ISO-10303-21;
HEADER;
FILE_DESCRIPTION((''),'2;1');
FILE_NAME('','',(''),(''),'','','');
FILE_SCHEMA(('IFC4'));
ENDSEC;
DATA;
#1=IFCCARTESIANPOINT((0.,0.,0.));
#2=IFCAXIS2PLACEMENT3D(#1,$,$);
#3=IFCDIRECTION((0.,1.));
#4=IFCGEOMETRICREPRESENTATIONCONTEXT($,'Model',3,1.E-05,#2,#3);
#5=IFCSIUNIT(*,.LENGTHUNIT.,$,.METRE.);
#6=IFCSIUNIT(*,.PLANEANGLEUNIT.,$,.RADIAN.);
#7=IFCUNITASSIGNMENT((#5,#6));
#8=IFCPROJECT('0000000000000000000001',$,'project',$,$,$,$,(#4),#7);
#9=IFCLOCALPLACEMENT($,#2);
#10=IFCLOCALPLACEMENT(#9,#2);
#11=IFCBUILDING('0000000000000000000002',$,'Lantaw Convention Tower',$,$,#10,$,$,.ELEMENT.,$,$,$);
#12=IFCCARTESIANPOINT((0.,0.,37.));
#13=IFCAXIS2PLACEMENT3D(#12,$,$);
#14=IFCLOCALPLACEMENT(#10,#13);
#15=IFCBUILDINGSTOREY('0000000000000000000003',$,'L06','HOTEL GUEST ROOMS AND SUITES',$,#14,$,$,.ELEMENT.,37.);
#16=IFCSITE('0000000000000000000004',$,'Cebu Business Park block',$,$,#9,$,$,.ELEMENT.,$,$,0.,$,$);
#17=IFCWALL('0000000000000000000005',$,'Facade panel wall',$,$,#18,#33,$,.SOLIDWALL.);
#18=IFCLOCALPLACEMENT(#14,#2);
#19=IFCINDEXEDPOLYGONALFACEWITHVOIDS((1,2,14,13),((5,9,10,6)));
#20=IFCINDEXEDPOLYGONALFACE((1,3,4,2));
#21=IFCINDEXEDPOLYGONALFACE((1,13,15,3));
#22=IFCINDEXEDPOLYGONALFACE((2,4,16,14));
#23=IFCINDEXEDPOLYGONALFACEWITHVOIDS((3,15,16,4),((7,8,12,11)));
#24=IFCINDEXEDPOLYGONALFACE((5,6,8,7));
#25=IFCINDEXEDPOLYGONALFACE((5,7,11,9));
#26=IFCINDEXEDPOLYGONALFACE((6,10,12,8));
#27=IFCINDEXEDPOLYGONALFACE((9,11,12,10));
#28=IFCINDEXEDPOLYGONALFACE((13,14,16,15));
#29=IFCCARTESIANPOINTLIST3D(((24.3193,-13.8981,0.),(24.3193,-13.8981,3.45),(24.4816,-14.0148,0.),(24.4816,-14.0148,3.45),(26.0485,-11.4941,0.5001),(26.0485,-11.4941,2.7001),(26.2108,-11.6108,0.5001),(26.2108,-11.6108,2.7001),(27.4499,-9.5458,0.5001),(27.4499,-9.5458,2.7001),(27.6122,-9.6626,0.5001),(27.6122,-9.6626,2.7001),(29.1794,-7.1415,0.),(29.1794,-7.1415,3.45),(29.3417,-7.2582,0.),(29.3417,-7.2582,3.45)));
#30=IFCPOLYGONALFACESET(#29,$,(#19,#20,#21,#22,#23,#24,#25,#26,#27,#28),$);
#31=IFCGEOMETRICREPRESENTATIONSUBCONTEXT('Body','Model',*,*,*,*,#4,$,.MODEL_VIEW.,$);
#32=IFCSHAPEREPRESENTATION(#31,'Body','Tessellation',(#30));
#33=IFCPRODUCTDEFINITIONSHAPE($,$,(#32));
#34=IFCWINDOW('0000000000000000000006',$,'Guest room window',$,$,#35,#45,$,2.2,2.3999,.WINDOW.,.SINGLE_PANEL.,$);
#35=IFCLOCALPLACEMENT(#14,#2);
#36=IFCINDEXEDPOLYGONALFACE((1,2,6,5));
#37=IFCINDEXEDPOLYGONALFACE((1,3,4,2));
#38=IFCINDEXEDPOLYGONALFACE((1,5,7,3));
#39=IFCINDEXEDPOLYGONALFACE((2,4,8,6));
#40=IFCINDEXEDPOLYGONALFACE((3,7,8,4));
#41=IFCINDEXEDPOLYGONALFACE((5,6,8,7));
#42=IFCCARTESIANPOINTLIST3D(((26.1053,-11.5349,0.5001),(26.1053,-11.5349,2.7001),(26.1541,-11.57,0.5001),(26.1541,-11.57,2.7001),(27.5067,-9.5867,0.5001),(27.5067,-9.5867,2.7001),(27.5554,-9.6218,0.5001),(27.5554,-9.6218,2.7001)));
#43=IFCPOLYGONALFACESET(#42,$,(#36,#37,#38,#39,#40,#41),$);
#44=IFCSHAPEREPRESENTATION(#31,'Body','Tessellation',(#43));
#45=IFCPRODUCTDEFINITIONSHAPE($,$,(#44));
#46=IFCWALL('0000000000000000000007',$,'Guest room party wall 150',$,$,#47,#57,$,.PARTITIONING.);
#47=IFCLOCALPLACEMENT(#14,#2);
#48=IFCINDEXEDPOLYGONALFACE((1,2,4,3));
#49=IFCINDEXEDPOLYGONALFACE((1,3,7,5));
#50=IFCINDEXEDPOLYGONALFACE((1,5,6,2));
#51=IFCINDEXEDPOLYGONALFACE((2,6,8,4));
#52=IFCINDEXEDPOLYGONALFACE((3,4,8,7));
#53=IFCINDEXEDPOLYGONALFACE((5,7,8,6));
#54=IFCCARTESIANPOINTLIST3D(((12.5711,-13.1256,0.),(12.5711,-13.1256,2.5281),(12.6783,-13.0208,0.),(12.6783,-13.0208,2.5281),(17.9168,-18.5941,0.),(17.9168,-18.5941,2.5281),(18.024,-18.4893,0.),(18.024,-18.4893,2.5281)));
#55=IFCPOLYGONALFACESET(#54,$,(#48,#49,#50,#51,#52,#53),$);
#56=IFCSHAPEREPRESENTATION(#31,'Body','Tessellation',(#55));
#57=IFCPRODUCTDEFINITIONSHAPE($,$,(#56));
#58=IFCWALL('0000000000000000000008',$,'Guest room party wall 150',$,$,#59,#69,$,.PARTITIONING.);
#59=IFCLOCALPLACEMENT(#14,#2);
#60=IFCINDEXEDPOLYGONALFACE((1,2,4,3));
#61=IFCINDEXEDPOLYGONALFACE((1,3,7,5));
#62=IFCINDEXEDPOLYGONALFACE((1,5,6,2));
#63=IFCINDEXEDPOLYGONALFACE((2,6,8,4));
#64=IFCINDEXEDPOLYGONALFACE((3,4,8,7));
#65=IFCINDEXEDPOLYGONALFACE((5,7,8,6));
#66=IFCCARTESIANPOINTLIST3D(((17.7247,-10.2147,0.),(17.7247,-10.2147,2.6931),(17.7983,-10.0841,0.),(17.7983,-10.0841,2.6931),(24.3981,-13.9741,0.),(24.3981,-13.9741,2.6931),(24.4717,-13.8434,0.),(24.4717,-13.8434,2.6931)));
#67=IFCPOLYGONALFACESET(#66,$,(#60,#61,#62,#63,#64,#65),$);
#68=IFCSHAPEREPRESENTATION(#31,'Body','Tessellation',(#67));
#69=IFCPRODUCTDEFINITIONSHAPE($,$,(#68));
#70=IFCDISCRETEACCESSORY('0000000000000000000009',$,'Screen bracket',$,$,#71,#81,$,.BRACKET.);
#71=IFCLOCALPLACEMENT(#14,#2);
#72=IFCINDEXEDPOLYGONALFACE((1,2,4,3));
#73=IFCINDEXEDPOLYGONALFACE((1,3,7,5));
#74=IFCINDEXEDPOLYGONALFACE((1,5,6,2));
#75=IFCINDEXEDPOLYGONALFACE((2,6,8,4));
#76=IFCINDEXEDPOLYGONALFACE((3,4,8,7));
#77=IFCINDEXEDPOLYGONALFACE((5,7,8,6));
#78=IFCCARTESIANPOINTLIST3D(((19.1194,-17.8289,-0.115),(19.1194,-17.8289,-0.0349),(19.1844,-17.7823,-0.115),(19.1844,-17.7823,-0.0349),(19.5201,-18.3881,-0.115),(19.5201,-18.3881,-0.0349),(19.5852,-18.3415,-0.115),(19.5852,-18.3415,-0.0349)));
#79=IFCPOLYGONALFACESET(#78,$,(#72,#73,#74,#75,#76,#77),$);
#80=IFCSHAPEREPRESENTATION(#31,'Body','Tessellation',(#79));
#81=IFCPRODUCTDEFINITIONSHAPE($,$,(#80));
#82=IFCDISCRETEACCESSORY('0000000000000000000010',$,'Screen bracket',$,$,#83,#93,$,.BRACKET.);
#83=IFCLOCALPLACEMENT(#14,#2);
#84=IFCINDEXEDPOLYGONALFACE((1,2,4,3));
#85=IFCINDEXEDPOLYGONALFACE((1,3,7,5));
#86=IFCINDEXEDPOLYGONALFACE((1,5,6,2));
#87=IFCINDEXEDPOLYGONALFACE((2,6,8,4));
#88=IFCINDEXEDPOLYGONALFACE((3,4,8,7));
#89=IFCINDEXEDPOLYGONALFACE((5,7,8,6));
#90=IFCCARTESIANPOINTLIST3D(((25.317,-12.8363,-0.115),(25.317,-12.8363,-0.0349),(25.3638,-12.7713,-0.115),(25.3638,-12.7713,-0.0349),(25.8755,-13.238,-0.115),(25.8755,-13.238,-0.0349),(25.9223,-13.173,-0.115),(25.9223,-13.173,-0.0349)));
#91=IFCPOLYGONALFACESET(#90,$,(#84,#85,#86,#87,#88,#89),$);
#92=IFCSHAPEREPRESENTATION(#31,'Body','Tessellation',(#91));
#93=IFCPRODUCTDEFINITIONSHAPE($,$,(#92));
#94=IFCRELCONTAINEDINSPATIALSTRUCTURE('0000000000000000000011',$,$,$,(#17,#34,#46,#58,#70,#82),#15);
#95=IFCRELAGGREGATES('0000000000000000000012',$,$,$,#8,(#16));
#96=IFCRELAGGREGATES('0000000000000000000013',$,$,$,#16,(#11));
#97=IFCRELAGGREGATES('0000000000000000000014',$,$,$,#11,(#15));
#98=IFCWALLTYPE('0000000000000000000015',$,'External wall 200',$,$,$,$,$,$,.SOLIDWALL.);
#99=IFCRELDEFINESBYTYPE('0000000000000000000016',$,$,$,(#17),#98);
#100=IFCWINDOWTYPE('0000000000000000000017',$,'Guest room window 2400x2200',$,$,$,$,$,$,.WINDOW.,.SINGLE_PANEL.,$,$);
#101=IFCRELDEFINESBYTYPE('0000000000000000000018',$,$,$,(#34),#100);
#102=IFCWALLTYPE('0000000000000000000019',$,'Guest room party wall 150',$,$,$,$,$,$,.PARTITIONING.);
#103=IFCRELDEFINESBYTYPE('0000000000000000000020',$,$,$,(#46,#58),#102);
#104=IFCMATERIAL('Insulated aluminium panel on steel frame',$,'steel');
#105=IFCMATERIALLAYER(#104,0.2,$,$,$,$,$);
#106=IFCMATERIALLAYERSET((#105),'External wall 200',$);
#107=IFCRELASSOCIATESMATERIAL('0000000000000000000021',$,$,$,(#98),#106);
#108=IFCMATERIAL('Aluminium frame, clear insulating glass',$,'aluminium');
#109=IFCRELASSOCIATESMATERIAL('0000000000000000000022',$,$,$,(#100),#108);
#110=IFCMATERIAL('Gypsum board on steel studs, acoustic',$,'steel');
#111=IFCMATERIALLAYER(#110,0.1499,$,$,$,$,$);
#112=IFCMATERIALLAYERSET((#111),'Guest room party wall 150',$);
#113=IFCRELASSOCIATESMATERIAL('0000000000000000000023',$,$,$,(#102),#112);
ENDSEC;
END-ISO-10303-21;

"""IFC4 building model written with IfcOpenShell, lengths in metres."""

from ifc_helpers import new_model, si_unit, direction, frame, frame_2d, origin, origin_2d, place, context, subcontext, project, spatial, rectangle, extrude, material, layer, layer_set, type_object, element, fill, save


model = new_model("IFC4")

# Units and contexts
model_context = context("Model", 3, precision=1e-05, world=origin(), true_north=direction((0.0, 1.0)))
body_context = subcontext(model_context, "Body", "Model", "MODEL_VIEW")
ifc_project = project(units=[si_unit("LENGTHUNIT", "METRE"), si_unit("PLANEANGLEUNIT", "RADIAN")], contexts=[model_context])

# Site, building, storey
site_placement = place(None, origin())
site = spatial("IfcSite", under=ifc_project, at=site_placement, Name="Cebu Business Park block", CompositionType="ELEMENT", RefElevation=0.0)
building_placement = place(site_placement, origin())
building = spatial("IfcBuilding", under=site, at=building_placement, Name="Lantaw Convention Tower", CompositionType="ELEMENT")
storey_placement = place(building_placement, frame((0.0, 0.0, 37.0)))
storey = spatial("IfcBuildingStorey", under=building, at=storey_placement, Name="L06", Description="HOTEL GUEST ROOMS AND SUITES", CompositionType="ELEMENT", Elevation=37.0)

# Wall, opening, window
ifc_material_1 = material(Name="Insulated aluminium panel on steel frame", Category="steel")
ifc_layer_1 = layer(ifc_material_1, 0.2)
ifc_layer_set_1 = layer_set([ifc_layer_1], Name="External wall 200")
wall_type_1 = type_object("IfcWallType", Name="External wall 200", PredefinedType="SOLIDWALL", material=ifc_layer_set_1)
wall_1_placement = place(storey_placement, frame((24.4004, -13.9565, 0.0), z_axis=(0.0, 0.0, 1.0), x_axis=(0.583938, 0.811799, 0.0)))
wall_1 = element("IfcWall", 1, at=wall_1_placement, inside=storey, type_object=wall_type_1, Name="Facade panel wall", PredefinedType="SOLIDWALL", context=body_context, shape_type="SweptSolid", body=[
    extrude(rectangle(XDim=8.323, YDim=0.2, at=frame_2d((4.1616, 0.0))), origin(), (0.0, 0.0, 1.0), 3.45),
])
opening_placement = place(wall_1_placement, frame((2.9614, 0.0, 0.5)))
opening = element("IfcOpeningElement", 2, at=opening_placement, cuts=wall_1, PredefinedType="OPENING", context=body_context, shape_type="SweptSolid", body=[
    extrude(rectangle(XDim=2.3999, YDim=2.2, at=frame_2d((1.2, 1.1001))), frame((0.0, 0.1099, 0.0), z_axis=(0.0, -1.0, 0.0), x_axis=(1.0, 0.0, 0.0)), (0.0, 0.0, 1.0), 0.22),
])
ifc_material_2 = material(Name="Aluminium frame, clear insulating glass", Category="aluminium")
window_type = type_object("IfcWindowType", Name="Guest room window 2400x2200", PartitioningType="SINGLE_PANEL", PredefinedType="WINDOW", material=ifc_material_2)
window_placement = place(opening_placement, origin())
window = element("IfcWindow", 3, at=window_placement, inside=storey, type_object=window_type, Name="Guest room window", OverallHeight=2.2, OverallWidth=2.3999, PartitioningType="SINGLE_PANEL", PredefinedType="WINDOW", context=body_context, shape_type="SweptSolid", body=[
    extrude(rectangle(XDim=2.3999, YDim=2.2, at=frame_2d((1.2, 1.1001))), frame((0.0, 0.03, 0.0), z_axis=(0.0, -1.0, 0.0), x_axis=(1.0, 0.0, 0.0)), (0.0, 0.0, 1.0), 0.0601),
])
fill(opening, window)

# Walls
ifc_material_3 = material(Name="Gypsum board on steel studs, acoustic", Category="steel")
ifc_layer_2 = layer(ifc_material_3, 0.1499)
ifc_layer_set_2 = layer_set([ifc_layer_2], Name="Guest room party wall 150")
wall_type_2 = type_object("IfcWallType", Name="Guest room party wall 150", PredefinedType="PARTITIONING", material=ifc_layer_set_2)
wall_2_placement = place(storey_placement, frame((17.9705, -18.5417, 0.0), z_axis=(0.0, 0.0, 1.0), x_axis=(-0.699032, 0.71509, 0.0)))
element("IfcWall", 4, at=wall_2_placement, inside=storey, type_object=wall_type_2, Name="Guest room party wall 150", PredefinedType="PARTITIONING", context=body_context, shape_type="SweptSolid", body=[
    extrude(rectangle(XDim=7.6472, YDim=0.1499, at=frame_2d((3.8237, 0.0))), origin(), (0.0, 0.0, 1.0), 2.5281),
])
wall_3_placement = place(storey_placement, frame((24.4348, -13.9087, 0.0), z_axis=(0.0, 0.0, 1.0), x_axis=(-0.871267, 0.490809, 0.0)))
element("IfcWall", 5, at=wall_3_placement, inside=storey, type_object=wall_type_2, Name="Guest room party wall 150", PredefinedType="PARTITIONING", context=body_context, shape_type="SweptSolid", body=[
    extrude(rectangle(XDim=7.6594, YDim=0.1499, at=frame_2d((3.8296, 0.0))), origin(), (0.0, 0.0, 1.0), 2.6931),
])

# Discrete accessories
for number, where, z_axis, x_axis, name in (
    (6, (19.3523, -18.0852, -0.115), (0.0, 0.0, 1.0), (0.812804, 0.582538, 0.0), "Screen bracket"),
    (7, (25.6196, -13.0046, -0.115), (0.0, 0.0, 1.0), (0.583951, 0.811789, 0.0), "Screen bracket"),
):
    element("IfcDiscreteAccessory", number, at=place(storey_placement, frame(where, z_axis=z_axis, x_axis=x_axis)), inside=storey, Name=name, PredefinedType="BRACKET", context=body_context, shape_type="SweptSolid", body=[
        extrude(rectangle(XDim=0.0801, YDim=0.688, at=origin_2d()), origin(), (0.0, 0.0, 1.0), 0.0801),
    ])

save(model, "model.ifc")
